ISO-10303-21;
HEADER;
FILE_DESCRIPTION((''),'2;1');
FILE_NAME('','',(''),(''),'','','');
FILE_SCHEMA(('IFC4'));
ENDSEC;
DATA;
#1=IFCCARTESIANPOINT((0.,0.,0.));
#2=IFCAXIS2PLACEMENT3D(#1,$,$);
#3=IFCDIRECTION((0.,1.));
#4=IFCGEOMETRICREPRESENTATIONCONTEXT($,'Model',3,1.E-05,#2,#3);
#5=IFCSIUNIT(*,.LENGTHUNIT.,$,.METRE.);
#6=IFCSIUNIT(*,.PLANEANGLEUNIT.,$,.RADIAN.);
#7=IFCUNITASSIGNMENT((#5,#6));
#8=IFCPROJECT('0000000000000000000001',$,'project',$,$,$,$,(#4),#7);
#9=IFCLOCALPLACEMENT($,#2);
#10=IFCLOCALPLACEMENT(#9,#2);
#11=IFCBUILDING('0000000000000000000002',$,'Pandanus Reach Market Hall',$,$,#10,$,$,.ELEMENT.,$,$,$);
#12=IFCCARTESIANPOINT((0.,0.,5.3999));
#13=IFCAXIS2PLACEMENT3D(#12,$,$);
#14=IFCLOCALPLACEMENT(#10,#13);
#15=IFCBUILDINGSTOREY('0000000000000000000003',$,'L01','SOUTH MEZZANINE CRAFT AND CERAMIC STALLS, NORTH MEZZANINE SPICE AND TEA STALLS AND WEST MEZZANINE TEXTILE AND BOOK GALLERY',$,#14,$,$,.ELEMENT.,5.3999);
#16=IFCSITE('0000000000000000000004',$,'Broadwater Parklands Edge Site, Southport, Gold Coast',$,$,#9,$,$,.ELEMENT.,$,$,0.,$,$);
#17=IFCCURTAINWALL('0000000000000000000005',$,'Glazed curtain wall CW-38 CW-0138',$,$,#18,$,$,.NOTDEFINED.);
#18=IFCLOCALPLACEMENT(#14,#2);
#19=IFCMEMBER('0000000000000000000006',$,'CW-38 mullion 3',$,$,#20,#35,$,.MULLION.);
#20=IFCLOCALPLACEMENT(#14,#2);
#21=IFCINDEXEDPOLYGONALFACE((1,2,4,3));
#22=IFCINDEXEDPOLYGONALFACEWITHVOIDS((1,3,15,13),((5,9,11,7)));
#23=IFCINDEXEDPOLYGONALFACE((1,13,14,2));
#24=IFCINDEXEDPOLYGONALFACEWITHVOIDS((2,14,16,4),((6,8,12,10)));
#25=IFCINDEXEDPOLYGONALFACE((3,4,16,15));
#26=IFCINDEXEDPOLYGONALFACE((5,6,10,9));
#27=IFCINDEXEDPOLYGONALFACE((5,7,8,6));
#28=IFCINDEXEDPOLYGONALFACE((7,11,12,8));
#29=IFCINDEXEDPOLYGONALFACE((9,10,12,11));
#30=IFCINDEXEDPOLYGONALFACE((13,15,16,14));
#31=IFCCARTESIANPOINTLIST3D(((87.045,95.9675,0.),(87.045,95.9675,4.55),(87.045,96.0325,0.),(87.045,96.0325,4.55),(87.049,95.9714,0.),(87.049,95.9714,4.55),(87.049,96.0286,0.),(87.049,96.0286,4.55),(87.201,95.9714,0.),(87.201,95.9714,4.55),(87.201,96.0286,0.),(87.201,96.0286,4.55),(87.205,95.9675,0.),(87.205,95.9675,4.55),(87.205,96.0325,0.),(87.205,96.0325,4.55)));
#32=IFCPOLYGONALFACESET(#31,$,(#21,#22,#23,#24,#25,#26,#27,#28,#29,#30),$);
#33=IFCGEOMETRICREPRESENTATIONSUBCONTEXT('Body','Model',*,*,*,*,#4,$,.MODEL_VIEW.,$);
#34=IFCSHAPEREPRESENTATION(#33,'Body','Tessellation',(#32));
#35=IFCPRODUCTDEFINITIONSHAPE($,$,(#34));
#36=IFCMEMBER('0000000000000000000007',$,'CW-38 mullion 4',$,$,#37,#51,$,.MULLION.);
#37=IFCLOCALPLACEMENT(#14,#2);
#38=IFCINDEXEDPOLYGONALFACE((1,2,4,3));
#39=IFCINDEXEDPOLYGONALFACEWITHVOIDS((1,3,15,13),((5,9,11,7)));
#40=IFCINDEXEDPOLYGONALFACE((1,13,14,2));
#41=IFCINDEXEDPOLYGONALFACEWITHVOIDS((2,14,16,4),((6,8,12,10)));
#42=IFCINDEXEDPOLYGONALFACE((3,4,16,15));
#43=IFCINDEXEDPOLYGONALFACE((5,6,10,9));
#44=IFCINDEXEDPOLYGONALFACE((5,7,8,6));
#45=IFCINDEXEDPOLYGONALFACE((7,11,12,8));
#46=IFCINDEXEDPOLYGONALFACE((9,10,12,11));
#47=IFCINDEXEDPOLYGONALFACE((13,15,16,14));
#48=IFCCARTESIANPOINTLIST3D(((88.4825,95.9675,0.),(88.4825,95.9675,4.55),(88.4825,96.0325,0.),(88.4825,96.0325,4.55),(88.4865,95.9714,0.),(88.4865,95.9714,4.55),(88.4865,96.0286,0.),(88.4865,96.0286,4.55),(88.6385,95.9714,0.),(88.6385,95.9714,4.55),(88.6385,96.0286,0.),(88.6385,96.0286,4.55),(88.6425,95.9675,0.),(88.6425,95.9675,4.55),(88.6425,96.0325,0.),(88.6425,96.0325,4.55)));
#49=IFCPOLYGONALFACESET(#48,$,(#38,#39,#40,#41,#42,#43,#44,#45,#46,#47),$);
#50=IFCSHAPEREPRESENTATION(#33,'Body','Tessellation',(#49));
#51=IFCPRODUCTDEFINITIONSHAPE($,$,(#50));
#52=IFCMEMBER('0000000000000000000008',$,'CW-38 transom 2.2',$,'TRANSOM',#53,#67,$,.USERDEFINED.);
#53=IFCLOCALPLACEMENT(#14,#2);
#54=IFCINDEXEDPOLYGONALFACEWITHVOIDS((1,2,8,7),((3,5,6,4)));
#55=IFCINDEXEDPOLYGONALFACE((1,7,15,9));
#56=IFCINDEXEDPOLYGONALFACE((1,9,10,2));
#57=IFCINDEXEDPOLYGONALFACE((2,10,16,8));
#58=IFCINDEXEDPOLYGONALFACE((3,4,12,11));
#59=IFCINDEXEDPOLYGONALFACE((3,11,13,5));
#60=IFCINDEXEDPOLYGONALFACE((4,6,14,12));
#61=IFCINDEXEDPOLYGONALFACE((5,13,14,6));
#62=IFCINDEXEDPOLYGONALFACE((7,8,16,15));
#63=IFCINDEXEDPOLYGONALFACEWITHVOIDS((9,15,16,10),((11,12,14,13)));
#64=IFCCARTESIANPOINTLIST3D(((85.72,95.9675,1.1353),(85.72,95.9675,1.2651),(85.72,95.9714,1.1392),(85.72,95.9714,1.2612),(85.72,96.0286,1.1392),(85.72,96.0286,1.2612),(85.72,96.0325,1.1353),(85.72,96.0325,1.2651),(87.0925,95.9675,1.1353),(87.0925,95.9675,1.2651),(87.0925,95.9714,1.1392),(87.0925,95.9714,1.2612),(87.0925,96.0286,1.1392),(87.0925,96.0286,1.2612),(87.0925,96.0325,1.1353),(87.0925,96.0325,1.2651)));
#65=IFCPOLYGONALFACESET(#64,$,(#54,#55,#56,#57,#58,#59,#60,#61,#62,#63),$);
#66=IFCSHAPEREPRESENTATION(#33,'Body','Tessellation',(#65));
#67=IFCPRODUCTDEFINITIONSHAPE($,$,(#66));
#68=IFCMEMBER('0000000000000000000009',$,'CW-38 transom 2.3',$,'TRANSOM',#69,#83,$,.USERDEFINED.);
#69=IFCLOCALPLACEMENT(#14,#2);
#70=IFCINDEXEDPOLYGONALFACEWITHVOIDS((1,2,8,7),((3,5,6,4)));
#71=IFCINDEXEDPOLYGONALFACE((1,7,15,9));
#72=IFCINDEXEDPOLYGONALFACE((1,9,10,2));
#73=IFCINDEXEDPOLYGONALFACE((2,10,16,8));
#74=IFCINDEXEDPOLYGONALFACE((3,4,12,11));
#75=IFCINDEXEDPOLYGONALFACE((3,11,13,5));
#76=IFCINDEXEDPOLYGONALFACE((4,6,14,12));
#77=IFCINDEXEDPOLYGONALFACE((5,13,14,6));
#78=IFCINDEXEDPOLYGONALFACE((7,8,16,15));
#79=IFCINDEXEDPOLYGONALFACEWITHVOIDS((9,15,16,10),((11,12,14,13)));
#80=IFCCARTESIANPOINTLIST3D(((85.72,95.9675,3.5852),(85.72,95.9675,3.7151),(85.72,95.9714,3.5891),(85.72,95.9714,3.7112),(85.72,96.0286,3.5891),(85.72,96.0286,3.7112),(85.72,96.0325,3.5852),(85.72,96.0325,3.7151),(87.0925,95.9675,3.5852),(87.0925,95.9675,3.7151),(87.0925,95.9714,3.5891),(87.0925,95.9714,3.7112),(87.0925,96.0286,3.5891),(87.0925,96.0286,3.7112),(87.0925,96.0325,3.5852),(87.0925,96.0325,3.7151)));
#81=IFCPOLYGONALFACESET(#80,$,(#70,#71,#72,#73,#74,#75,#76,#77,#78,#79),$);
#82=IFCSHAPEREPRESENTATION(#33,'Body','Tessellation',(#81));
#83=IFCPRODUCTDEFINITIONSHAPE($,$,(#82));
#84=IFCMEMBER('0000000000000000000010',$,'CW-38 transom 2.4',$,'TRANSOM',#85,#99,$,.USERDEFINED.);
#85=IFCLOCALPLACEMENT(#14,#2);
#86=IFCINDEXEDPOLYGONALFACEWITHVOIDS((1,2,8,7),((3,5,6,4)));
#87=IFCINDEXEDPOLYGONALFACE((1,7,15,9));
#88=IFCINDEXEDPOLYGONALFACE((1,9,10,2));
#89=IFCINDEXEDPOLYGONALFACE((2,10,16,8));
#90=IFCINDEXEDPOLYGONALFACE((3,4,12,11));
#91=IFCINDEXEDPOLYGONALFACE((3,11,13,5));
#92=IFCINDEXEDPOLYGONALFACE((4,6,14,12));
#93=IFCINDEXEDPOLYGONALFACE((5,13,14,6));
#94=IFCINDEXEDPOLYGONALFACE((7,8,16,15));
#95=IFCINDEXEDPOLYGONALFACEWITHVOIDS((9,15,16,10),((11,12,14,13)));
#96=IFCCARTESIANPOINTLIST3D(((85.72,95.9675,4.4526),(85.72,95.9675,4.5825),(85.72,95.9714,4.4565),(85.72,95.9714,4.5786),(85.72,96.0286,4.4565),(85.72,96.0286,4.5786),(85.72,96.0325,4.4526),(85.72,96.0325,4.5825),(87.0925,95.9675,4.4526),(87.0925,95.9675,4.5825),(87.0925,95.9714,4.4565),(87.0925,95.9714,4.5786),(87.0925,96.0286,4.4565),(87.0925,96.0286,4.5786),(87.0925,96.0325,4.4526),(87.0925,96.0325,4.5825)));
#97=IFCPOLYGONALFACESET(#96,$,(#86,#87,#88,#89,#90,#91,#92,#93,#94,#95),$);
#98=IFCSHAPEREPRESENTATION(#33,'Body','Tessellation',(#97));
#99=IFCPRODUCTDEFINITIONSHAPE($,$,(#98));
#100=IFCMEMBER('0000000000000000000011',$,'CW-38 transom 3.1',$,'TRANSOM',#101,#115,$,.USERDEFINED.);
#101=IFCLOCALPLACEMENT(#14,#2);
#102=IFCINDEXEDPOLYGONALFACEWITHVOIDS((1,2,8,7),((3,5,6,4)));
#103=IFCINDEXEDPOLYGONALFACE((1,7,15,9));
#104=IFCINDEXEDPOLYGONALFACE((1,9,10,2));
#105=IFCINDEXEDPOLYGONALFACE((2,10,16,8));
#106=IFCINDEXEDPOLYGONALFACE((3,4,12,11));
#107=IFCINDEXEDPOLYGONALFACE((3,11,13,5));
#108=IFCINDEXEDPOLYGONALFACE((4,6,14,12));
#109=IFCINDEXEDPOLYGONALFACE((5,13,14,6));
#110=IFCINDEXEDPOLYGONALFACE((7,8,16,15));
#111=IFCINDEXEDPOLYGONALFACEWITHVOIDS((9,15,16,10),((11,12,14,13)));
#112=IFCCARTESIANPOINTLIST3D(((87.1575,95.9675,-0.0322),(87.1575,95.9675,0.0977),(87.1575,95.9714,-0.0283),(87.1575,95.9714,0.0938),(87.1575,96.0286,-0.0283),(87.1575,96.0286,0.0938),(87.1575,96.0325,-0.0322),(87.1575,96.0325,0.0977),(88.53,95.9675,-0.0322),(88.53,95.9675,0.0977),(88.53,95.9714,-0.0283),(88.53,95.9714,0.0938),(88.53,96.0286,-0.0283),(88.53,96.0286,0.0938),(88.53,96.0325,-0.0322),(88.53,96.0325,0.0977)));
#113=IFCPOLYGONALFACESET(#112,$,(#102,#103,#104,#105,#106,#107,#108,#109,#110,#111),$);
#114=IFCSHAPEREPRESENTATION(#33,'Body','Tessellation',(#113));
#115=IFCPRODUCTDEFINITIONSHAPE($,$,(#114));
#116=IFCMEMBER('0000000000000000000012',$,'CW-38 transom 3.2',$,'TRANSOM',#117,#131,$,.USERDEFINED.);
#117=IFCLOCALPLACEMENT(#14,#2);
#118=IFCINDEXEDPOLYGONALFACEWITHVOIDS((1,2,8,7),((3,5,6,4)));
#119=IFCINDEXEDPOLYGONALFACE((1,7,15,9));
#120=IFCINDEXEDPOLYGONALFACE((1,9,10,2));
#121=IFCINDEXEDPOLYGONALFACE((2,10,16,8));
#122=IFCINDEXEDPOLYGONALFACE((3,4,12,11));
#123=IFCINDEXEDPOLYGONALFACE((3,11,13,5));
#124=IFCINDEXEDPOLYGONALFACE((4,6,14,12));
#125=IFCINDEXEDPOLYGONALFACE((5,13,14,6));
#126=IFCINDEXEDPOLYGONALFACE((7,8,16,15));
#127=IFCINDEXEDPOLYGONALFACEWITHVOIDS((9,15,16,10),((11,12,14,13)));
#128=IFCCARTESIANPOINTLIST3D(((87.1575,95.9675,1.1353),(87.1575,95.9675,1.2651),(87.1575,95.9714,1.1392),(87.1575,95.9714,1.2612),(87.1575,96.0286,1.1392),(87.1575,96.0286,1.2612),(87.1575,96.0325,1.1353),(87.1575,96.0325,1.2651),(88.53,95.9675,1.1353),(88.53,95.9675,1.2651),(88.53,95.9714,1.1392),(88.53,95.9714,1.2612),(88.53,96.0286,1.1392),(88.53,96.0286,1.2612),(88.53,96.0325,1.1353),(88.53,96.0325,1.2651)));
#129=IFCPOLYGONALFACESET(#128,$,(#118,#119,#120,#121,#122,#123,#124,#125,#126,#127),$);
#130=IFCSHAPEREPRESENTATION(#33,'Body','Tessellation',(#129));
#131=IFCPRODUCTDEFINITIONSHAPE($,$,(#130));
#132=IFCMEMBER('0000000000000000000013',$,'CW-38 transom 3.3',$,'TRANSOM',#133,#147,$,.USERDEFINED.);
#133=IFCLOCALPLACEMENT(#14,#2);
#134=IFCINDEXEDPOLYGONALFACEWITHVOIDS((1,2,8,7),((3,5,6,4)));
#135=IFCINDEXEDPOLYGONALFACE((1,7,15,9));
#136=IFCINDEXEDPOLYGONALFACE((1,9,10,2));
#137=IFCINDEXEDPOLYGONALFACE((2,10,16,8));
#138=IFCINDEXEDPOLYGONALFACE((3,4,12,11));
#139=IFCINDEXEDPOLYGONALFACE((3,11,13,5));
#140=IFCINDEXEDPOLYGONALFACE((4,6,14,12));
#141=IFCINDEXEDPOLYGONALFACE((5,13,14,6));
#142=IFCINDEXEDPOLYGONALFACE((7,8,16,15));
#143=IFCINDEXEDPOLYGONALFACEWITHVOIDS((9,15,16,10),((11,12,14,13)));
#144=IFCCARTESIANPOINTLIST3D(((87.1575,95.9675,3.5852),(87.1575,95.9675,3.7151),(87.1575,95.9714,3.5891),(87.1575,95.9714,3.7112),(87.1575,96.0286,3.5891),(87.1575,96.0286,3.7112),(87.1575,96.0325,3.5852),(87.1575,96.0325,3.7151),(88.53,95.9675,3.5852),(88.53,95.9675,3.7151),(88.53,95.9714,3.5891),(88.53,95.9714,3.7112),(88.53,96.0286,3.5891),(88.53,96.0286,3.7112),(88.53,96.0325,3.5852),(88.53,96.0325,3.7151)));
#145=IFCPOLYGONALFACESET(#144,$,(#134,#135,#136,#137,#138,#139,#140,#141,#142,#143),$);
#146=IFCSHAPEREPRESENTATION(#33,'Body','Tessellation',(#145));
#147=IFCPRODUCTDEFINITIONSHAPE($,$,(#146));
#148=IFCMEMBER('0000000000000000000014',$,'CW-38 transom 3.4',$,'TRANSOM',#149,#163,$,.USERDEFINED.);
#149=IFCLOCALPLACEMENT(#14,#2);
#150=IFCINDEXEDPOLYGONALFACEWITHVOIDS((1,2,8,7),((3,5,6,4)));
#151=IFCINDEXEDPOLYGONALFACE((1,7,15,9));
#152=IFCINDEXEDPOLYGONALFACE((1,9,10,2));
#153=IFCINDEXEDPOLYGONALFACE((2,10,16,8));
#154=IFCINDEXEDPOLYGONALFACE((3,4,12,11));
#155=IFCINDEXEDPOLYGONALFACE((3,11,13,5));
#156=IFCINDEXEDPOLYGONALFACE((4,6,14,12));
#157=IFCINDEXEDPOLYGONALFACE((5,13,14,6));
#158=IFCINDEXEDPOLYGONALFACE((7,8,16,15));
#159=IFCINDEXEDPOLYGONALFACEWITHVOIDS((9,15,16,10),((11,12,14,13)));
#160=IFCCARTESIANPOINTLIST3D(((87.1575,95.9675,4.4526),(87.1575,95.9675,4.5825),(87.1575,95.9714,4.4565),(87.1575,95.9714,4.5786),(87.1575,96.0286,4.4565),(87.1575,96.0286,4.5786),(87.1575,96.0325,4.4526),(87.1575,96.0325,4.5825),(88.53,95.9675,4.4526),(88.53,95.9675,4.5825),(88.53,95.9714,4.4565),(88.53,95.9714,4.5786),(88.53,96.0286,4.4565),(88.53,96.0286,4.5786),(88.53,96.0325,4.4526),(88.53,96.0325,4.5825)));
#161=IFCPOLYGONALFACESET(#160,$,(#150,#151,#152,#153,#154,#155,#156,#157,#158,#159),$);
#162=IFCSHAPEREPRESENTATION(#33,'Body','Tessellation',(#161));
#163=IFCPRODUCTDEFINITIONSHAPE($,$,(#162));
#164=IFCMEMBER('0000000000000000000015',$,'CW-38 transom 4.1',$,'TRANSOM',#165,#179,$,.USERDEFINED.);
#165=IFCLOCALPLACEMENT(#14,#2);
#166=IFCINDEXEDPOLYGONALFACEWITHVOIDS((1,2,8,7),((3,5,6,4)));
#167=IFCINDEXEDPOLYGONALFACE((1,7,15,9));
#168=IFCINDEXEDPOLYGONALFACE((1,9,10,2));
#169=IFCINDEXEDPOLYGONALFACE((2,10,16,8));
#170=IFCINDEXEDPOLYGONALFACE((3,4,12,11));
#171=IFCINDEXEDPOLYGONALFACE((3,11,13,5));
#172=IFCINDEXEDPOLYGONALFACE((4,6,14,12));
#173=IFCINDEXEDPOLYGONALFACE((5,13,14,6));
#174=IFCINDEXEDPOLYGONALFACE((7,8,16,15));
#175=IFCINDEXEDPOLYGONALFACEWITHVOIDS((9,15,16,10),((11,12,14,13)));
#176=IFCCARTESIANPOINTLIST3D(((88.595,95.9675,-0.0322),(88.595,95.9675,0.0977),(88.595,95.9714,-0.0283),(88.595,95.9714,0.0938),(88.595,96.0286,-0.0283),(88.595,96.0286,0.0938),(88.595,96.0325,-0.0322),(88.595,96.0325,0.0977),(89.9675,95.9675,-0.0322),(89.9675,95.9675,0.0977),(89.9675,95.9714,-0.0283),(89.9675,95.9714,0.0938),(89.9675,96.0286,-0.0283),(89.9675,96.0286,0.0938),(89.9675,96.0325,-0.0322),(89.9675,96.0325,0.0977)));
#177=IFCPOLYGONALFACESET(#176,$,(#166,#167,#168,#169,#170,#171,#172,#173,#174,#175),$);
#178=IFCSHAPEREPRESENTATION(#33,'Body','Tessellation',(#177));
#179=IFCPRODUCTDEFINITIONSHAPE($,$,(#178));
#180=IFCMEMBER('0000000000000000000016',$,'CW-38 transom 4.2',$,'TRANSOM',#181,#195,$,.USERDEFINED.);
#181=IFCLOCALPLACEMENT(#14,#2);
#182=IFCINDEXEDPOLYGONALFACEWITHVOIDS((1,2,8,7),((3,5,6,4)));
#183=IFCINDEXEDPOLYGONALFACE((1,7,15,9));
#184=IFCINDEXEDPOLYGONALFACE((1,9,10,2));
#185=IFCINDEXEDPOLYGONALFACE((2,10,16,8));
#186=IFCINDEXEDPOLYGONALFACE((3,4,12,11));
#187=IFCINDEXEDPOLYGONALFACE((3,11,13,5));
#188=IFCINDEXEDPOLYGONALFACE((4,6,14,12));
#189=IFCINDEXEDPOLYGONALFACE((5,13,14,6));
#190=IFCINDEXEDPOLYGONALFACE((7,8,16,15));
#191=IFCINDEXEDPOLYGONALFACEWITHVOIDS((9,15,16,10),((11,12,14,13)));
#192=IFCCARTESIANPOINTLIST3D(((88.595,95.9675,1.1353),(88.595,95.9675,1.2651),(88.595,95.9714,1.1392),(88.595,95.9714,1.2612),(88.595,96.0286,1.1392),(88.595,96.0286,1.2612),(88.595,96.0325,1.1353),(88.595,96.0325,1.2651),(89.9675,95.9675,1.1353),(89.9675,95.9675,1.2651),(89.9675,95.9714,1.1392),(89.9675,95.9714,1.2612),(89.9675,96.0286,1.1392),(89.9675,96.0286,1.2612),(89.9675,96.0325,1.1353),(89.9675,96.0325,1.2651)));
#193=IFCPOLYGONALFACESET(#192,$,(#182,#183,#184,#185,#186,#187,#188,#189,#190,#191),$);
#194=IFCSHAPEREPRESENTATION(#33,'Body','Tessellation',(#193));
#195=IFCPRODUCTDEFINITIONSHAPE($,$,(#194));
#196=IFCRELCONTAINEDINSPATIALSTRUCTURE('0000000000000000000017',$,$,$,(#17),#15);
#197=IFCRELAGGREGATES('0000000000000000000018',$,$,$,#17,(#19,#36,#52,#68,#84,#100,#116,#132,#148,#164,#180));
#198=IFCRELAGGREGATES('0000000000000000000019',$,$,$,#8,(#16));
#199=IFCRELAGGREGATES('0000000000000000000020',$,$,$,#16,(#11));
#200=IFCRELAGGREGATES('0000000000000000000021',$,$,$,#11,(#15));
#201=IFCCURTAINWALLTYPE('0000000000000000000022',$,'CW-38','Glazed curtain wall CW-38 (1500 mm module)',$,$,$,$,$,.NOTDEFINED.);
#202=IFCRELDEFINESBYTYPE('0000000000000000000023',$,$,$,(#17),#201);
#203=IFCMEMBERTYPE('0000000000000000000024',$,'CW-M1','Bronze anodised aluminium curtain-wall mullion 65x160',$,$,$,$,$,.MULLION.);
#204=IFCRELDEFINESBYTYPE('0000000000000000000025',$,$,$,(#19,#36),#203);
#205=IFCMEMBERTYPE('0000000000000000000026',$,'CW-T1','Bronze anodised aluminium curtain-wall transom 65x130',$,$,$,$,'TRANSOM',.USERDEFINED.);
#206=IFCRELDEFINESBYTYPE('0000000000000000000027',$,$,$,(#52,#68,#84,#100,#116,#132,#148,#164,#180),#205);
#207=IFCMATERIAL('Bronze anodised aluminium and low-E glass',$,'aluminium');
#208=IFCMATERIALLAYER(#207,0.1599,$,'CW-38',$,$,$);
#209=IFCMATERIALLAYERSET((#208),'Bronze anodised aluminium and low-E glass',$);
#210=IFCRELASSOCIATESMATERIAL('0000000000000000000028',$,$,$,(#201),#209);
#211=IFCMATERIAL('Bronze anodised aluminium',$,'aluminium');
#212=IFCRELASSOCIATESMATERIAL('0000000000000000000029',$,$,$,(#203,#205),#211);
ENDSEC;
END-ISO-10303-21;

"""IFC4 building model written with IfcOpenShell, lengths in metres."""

from ifc_helpers import new_model, si_unit, direction, frame, origin, origin_2d, place, context, subcontext, project, spatial, hollow_rectangle, extrude, material, layer, layer_set, material_profile, profile_set, type_object, element, aggregate, save


model = new_model("IFC4")

# Units and contexts
model_context = context("Model", 3, precision=1e-05, world=origin(), true_north=direction((0.0, 1.0)))
body_context = subcontext(model_context, "Body", "Model", "MODEL_VIEW")
ifc_project = project(units=[si_unit("LENGTHUNIT", "METRE"), si_unit("PLANEANGLEUNIT", "RADIAN")], contexts=[model_context])

# Site, building, storey
site_placement = place(None, origin())
site = spatial("IfcSite", under=ifc_project, at=site_placement, Name="Broadwater Parklands Edge Site, Southport, Gold Coast", CompositionType="ELEMENT", RefElevation=0.0)
building_placement = place(site_placement, origin())
building = spatial("IfcBuilding", under=site, at=building_placement, Name="Pandanus Reach Market Hall", CompositionType="ELEMENT")
storey_placement = place(building_placement, frame((0.0, 0.0, 5.3999)))
storey = spatial("IfcBuildingStorey", under=building, at=storey_placement, Name="L01", Description="SOUTH MEZZANINE CRAFT AND CERAMIC STALLS, NORTH MEZZANINE SPICE AND TEA STALLS AND WEST MEZZANINE TEXTILE AND BOOK GALLERY", CompositionType="ELEMENT", Elevation=5.3999)

# Curtain wall, members
ifc_material_1 = material(Name="Bronze anodised aluminium and low-E glass", Category="aluminium")
ifc_layer_1 = layer(ifc_material_1, 0.1599, Name="CW-38")
ifc_layer_set_1 = layer_set([ifc_layer_1], Name="Bronze anodised aluminium and low-E glass")
curtain_wall_type = type_object("IfcCurtainWallType", Name="CW-38", Description="Glazed curtain wall CW-38 (1500 mm module)", PredefinedType="NOTDEFINED", material=ifc_layer_set_1)
curtain_wall_placement = place(storey_placement, origin())
curtain_wall = element("IfcCurtainWall", 1, at=curtain_wall_placement, inside=storey, type_object=curtain_wall_type, Name="Glazed curtain wall CW-38 CW-0138", PredefinedType="NOTDEFINED")
ifc_material_2 = material(Name="Bronze anodised aluminium", Category="aluminium")
ifc_material_profile_1 = material_profile(ifc_material_2, hollow_rectangle(XDim=0.0649, YDim=0.1599, WallThickness=0.0039, at=origin_2d()), Name="ALU65x160", Category="LoadBearing")
ifc_profile_set_1 = profile_set([ifc_material_profile_1], Name="Bronze anodised aluminium")
member_type_1 = type_object("IfcMemberType", Name="CW-M1", Description="Bronze anodised aluminium curtain-wall mullion 65x160", PredefinedType="MULLION", material=ifc_profile_set_1)
member_1_placement = place(storey_placement, frame((87.125, 96.0, 0.0), z_axis=(0.0, 0.0, 1.0), x_axis=(0.0, 1.0, 0.0)))
member_1 = element("IfcMember", 2, at=member_1_placement, type_object=member_type_1, Name="CW-38 mullion 3", PredefinedType="MULLION", context=body_context, shape_type="SweptSolid", body=[
    extrude(hollow_rectangle(XDim=0.0649, YDim=0.1599, WallThickness=0.0039, at=origin_2d()), origin(), (0.0, 0.0, 1.0), 4.55),
])
member_2_placement = place(storey_placement, frame((88.5625, 96.0, 0.0), z_axis=(0.0, 0.0, 1.0), x_axis=(0.0, 1.0, 0.0)))
member_2 = element("IfcMember", 3, at=member_2_placement, type_object=member_type_1, Name="CW-38 mullion 4", PredefinedType="MULLION", context=body_context, shape_type="SweptSolid", body=[
    extrude(hollow_rectangle(XDim=0.0649, YDim=0.1599, WallThickness=0.0039, at=origin_2d()), origin(), (0.0, 0.0, 1.0), 4.55),
])
ifc_material_profile_2 = material_profile(ifc_material_2, hollow_rectangle(XDim=0.0649, YDim=0.1299, WallThickness=0.0039, at=origin_2d()), Name="ALU65x130", Category="LoadBearing")
ifc_profile_set_2 = profile_set([ifc_material_profile_2], Name="Bronze anodised aluminium")
member_type_2 = type_object("IfcMemberType", Name="CW-T1", Description="Bronze anodised aluminium curtain-wall transom 65x130", ElementType="TRANSOM", PredefinedType="USERDEFINED", material=ifc_profile_set_2)
member_3_placement = place(storey_placement, frame((85.72, 96.0, 1.2002), z_axis=(1.0, 0.0, 0.0), x_axis=(0.0, 1.0, 0.0)))
member_3 = element("IfcMember", 4, at=member_3_placement, type_object=member_type_2, Name="CW-38 transom 2.2", ObjectType="TRANSOM", PredefinedType="USERDEFINED", context=body_context, shape_type="SweptSolid", body=[
    extrude(hollow_rectangle(XDim=0.0649, YDim=0.1299, WallThickness=0.0039, at=origin_2d()), origin(), (0.0, 0.0, 1.0), 1.3726),
])
member_4_placement = place(storey_placement, frame((85.72, 96.0, 3.6501), z_axis=(1.0, 0.0, 0.0), x_axis=(0.0, 1.0, 0.0)))
member_4 = element("IfcMember", 5, at=member_4_placement, type_object=member_type_2, Name="CW-38 transom 2.3", ObjectType="TRANSOM", PredefinedType="USERDEFINED", context=body_context, shape_type="SweptSolid", body=[
    extrude(hollow_rectangle(XDim=0.0649, YDim=0.1299, WallThickness=0.0039, at=origin_2d()), origin(), (0.0, 0.0, 1.0), 1.3726),
])
member_5_placement = place(storey_placement, frame((85.72, 96.0, 4.5176), z_axis=(1.0, 0.0, 0.0), x_axis=(0.0, 1.0, 0.0)))
member_5 = element("IfcMember", 6, at=member_5_placement, type_object=member_type_2, Name="CW-38 transom 2.4", ObjectType="TRANSOM", PredefinedType="USERDEFINED", context=body_context, shape_type="SweptSolid", body=[
    extrude(hollow_rectangle(XDim=0.0649, YDim=0.1299, WallThickness=0.0039, at=origin_2d()), origin(), (0.0, 0.0, 1.0), 1.3726),
])
member_6_placement = place(storey_placement, frame((87.1575, 96.0, 0.0327), z_axis=(1.0, 0.0, 0.0), x_axis=(0.0, 1.0, 0.0)))
member_6 = element("IfcMember", 7, at=member_6_placement, type_object=member_type_2, Name="CW-38 transom 3.1", ObjectType="TRANSOM", PredefinedType="USERDEFINED", context=body_context, shape_type="SweptSolid", body=[
    extrude(hollow_rectangle(XDim=0.0649, YDim=0.1299, WallThickness=0.0039, at=origin_2d()), origin(), (0.0, 0.0, 1.0), 1.3726),
])
member_7_placement = place(storey_placement, frame((87.1575, 96.0, 1.2002), z_axis=(1.0, 0.0, 0.0), x_axis=(0.0, 1.0, 0.0)))
member_7 = element("IfcMember", 8, at=member_7_placement, type_object=member_type_2, Name="CW-38 transom 3.2", ObjectType="TRANSOM", PredefinedType="USERDEFINED", context=body_context, shape_type="SweptSolid", body=[
    extrude(hollow_rectangle(XDim=0.0649, YDim=0.1299, WallThickness=0.0039, at=origin_2d()), origin(), (0.0, 0.0, 1.0), 1.3726),
])
member_8_placement = place(storey_placement, frame((87.1575, 96.0, 3.6501), z_axis=(1.0, 0.0, 0.0), x_axis=(0.0, 1.0, 0.0)))
member_8 = element("IfcMember", 9, at=member_8_placement, type_object=member_type_2, Name="CW-38 transom 3.3", ObjectType="TRANSOM", PredefinedType="USERDEFINED", context=body_context, shape_type="SweptSolid", body=[
    extrude(hollow_rectangle(XDim=0.0649, YDim=0.1299, WallThickness=0.0039, at=origin_2d()), origin(), (0.0, 0.0, 1.0), 1.3726),
])
member_9_placement = place(storey_placement, frame((87.1575, 96.0, 4.5176), z_axis=(1.0, 0.0, 0.0), x_axis=(0.0, 1.0, 0.0)))
member_9 = element("IfcMember", 10, at=member_9_placement, type_object=member_type_2, Name="CW-38 transom 3.4", ObjectType="TRANSOM", PredefinedType="USERDEFINED", context=body_context, shape_type="SweptSolid", body=[
    extrude(hollow_rectangle(XDim=0.0649, YDim=0.1299, WallThickness=0.0039, at=origin_2d()), origin(), (0.0, 0.0, 1.0), 1.3726),
])
member_10_placement = place(storey_placement, frame((88.595, 96.0, 0.0327), z_axis=(1.0, 0.0, 0.0), x_axis=(0.0, 1.0, 0.0)))
member_10 = element("IfcMember", 11, at=member_10_placement, type_object=member_type_2, Name="CW-38 transom 4.1", ObjectType="TRANSOM", PredefinedType="USERDEFINED", context=body_context, shape_type="SweptSolid", body=[
    extrude(hollow_rectangle(XDim=0.0649, YDim=0.1299, WallThickness=0.0039, at=origin_2d()), origin(), (0.0, 0.0, 1.0), 1.3726),
])
member_11_placement = place(storey_placement, frame((88.595, 96.0, 1.2002), z_axis=(1.0, 0.0, 0.0), x_axis=(0.0, 1.0, 0.0)))
member_11 = element("IfcMember", 12, at=member_11_placement, type_object=member_type_2, Name="CW-38 transom 4.2", ObjectType="TRANSOM", PredefinedType="USERDEFINED", context=body_context, shape_type="SweptSolid", body=[
    extrude(hollow_rectangle(XDim=0.0649, YDim=0.1299, WallThickness=0.0039, at=origin_2d()), origin(), (0.0, 0.0, 1.0), 1.3726),
])
aggregate(curtain_wall, [member_1, member_2, member_3, member_4, member_5, member_6, member_7, member_8, member_9, member_10, member_11])

save(model, "model.ifc")
